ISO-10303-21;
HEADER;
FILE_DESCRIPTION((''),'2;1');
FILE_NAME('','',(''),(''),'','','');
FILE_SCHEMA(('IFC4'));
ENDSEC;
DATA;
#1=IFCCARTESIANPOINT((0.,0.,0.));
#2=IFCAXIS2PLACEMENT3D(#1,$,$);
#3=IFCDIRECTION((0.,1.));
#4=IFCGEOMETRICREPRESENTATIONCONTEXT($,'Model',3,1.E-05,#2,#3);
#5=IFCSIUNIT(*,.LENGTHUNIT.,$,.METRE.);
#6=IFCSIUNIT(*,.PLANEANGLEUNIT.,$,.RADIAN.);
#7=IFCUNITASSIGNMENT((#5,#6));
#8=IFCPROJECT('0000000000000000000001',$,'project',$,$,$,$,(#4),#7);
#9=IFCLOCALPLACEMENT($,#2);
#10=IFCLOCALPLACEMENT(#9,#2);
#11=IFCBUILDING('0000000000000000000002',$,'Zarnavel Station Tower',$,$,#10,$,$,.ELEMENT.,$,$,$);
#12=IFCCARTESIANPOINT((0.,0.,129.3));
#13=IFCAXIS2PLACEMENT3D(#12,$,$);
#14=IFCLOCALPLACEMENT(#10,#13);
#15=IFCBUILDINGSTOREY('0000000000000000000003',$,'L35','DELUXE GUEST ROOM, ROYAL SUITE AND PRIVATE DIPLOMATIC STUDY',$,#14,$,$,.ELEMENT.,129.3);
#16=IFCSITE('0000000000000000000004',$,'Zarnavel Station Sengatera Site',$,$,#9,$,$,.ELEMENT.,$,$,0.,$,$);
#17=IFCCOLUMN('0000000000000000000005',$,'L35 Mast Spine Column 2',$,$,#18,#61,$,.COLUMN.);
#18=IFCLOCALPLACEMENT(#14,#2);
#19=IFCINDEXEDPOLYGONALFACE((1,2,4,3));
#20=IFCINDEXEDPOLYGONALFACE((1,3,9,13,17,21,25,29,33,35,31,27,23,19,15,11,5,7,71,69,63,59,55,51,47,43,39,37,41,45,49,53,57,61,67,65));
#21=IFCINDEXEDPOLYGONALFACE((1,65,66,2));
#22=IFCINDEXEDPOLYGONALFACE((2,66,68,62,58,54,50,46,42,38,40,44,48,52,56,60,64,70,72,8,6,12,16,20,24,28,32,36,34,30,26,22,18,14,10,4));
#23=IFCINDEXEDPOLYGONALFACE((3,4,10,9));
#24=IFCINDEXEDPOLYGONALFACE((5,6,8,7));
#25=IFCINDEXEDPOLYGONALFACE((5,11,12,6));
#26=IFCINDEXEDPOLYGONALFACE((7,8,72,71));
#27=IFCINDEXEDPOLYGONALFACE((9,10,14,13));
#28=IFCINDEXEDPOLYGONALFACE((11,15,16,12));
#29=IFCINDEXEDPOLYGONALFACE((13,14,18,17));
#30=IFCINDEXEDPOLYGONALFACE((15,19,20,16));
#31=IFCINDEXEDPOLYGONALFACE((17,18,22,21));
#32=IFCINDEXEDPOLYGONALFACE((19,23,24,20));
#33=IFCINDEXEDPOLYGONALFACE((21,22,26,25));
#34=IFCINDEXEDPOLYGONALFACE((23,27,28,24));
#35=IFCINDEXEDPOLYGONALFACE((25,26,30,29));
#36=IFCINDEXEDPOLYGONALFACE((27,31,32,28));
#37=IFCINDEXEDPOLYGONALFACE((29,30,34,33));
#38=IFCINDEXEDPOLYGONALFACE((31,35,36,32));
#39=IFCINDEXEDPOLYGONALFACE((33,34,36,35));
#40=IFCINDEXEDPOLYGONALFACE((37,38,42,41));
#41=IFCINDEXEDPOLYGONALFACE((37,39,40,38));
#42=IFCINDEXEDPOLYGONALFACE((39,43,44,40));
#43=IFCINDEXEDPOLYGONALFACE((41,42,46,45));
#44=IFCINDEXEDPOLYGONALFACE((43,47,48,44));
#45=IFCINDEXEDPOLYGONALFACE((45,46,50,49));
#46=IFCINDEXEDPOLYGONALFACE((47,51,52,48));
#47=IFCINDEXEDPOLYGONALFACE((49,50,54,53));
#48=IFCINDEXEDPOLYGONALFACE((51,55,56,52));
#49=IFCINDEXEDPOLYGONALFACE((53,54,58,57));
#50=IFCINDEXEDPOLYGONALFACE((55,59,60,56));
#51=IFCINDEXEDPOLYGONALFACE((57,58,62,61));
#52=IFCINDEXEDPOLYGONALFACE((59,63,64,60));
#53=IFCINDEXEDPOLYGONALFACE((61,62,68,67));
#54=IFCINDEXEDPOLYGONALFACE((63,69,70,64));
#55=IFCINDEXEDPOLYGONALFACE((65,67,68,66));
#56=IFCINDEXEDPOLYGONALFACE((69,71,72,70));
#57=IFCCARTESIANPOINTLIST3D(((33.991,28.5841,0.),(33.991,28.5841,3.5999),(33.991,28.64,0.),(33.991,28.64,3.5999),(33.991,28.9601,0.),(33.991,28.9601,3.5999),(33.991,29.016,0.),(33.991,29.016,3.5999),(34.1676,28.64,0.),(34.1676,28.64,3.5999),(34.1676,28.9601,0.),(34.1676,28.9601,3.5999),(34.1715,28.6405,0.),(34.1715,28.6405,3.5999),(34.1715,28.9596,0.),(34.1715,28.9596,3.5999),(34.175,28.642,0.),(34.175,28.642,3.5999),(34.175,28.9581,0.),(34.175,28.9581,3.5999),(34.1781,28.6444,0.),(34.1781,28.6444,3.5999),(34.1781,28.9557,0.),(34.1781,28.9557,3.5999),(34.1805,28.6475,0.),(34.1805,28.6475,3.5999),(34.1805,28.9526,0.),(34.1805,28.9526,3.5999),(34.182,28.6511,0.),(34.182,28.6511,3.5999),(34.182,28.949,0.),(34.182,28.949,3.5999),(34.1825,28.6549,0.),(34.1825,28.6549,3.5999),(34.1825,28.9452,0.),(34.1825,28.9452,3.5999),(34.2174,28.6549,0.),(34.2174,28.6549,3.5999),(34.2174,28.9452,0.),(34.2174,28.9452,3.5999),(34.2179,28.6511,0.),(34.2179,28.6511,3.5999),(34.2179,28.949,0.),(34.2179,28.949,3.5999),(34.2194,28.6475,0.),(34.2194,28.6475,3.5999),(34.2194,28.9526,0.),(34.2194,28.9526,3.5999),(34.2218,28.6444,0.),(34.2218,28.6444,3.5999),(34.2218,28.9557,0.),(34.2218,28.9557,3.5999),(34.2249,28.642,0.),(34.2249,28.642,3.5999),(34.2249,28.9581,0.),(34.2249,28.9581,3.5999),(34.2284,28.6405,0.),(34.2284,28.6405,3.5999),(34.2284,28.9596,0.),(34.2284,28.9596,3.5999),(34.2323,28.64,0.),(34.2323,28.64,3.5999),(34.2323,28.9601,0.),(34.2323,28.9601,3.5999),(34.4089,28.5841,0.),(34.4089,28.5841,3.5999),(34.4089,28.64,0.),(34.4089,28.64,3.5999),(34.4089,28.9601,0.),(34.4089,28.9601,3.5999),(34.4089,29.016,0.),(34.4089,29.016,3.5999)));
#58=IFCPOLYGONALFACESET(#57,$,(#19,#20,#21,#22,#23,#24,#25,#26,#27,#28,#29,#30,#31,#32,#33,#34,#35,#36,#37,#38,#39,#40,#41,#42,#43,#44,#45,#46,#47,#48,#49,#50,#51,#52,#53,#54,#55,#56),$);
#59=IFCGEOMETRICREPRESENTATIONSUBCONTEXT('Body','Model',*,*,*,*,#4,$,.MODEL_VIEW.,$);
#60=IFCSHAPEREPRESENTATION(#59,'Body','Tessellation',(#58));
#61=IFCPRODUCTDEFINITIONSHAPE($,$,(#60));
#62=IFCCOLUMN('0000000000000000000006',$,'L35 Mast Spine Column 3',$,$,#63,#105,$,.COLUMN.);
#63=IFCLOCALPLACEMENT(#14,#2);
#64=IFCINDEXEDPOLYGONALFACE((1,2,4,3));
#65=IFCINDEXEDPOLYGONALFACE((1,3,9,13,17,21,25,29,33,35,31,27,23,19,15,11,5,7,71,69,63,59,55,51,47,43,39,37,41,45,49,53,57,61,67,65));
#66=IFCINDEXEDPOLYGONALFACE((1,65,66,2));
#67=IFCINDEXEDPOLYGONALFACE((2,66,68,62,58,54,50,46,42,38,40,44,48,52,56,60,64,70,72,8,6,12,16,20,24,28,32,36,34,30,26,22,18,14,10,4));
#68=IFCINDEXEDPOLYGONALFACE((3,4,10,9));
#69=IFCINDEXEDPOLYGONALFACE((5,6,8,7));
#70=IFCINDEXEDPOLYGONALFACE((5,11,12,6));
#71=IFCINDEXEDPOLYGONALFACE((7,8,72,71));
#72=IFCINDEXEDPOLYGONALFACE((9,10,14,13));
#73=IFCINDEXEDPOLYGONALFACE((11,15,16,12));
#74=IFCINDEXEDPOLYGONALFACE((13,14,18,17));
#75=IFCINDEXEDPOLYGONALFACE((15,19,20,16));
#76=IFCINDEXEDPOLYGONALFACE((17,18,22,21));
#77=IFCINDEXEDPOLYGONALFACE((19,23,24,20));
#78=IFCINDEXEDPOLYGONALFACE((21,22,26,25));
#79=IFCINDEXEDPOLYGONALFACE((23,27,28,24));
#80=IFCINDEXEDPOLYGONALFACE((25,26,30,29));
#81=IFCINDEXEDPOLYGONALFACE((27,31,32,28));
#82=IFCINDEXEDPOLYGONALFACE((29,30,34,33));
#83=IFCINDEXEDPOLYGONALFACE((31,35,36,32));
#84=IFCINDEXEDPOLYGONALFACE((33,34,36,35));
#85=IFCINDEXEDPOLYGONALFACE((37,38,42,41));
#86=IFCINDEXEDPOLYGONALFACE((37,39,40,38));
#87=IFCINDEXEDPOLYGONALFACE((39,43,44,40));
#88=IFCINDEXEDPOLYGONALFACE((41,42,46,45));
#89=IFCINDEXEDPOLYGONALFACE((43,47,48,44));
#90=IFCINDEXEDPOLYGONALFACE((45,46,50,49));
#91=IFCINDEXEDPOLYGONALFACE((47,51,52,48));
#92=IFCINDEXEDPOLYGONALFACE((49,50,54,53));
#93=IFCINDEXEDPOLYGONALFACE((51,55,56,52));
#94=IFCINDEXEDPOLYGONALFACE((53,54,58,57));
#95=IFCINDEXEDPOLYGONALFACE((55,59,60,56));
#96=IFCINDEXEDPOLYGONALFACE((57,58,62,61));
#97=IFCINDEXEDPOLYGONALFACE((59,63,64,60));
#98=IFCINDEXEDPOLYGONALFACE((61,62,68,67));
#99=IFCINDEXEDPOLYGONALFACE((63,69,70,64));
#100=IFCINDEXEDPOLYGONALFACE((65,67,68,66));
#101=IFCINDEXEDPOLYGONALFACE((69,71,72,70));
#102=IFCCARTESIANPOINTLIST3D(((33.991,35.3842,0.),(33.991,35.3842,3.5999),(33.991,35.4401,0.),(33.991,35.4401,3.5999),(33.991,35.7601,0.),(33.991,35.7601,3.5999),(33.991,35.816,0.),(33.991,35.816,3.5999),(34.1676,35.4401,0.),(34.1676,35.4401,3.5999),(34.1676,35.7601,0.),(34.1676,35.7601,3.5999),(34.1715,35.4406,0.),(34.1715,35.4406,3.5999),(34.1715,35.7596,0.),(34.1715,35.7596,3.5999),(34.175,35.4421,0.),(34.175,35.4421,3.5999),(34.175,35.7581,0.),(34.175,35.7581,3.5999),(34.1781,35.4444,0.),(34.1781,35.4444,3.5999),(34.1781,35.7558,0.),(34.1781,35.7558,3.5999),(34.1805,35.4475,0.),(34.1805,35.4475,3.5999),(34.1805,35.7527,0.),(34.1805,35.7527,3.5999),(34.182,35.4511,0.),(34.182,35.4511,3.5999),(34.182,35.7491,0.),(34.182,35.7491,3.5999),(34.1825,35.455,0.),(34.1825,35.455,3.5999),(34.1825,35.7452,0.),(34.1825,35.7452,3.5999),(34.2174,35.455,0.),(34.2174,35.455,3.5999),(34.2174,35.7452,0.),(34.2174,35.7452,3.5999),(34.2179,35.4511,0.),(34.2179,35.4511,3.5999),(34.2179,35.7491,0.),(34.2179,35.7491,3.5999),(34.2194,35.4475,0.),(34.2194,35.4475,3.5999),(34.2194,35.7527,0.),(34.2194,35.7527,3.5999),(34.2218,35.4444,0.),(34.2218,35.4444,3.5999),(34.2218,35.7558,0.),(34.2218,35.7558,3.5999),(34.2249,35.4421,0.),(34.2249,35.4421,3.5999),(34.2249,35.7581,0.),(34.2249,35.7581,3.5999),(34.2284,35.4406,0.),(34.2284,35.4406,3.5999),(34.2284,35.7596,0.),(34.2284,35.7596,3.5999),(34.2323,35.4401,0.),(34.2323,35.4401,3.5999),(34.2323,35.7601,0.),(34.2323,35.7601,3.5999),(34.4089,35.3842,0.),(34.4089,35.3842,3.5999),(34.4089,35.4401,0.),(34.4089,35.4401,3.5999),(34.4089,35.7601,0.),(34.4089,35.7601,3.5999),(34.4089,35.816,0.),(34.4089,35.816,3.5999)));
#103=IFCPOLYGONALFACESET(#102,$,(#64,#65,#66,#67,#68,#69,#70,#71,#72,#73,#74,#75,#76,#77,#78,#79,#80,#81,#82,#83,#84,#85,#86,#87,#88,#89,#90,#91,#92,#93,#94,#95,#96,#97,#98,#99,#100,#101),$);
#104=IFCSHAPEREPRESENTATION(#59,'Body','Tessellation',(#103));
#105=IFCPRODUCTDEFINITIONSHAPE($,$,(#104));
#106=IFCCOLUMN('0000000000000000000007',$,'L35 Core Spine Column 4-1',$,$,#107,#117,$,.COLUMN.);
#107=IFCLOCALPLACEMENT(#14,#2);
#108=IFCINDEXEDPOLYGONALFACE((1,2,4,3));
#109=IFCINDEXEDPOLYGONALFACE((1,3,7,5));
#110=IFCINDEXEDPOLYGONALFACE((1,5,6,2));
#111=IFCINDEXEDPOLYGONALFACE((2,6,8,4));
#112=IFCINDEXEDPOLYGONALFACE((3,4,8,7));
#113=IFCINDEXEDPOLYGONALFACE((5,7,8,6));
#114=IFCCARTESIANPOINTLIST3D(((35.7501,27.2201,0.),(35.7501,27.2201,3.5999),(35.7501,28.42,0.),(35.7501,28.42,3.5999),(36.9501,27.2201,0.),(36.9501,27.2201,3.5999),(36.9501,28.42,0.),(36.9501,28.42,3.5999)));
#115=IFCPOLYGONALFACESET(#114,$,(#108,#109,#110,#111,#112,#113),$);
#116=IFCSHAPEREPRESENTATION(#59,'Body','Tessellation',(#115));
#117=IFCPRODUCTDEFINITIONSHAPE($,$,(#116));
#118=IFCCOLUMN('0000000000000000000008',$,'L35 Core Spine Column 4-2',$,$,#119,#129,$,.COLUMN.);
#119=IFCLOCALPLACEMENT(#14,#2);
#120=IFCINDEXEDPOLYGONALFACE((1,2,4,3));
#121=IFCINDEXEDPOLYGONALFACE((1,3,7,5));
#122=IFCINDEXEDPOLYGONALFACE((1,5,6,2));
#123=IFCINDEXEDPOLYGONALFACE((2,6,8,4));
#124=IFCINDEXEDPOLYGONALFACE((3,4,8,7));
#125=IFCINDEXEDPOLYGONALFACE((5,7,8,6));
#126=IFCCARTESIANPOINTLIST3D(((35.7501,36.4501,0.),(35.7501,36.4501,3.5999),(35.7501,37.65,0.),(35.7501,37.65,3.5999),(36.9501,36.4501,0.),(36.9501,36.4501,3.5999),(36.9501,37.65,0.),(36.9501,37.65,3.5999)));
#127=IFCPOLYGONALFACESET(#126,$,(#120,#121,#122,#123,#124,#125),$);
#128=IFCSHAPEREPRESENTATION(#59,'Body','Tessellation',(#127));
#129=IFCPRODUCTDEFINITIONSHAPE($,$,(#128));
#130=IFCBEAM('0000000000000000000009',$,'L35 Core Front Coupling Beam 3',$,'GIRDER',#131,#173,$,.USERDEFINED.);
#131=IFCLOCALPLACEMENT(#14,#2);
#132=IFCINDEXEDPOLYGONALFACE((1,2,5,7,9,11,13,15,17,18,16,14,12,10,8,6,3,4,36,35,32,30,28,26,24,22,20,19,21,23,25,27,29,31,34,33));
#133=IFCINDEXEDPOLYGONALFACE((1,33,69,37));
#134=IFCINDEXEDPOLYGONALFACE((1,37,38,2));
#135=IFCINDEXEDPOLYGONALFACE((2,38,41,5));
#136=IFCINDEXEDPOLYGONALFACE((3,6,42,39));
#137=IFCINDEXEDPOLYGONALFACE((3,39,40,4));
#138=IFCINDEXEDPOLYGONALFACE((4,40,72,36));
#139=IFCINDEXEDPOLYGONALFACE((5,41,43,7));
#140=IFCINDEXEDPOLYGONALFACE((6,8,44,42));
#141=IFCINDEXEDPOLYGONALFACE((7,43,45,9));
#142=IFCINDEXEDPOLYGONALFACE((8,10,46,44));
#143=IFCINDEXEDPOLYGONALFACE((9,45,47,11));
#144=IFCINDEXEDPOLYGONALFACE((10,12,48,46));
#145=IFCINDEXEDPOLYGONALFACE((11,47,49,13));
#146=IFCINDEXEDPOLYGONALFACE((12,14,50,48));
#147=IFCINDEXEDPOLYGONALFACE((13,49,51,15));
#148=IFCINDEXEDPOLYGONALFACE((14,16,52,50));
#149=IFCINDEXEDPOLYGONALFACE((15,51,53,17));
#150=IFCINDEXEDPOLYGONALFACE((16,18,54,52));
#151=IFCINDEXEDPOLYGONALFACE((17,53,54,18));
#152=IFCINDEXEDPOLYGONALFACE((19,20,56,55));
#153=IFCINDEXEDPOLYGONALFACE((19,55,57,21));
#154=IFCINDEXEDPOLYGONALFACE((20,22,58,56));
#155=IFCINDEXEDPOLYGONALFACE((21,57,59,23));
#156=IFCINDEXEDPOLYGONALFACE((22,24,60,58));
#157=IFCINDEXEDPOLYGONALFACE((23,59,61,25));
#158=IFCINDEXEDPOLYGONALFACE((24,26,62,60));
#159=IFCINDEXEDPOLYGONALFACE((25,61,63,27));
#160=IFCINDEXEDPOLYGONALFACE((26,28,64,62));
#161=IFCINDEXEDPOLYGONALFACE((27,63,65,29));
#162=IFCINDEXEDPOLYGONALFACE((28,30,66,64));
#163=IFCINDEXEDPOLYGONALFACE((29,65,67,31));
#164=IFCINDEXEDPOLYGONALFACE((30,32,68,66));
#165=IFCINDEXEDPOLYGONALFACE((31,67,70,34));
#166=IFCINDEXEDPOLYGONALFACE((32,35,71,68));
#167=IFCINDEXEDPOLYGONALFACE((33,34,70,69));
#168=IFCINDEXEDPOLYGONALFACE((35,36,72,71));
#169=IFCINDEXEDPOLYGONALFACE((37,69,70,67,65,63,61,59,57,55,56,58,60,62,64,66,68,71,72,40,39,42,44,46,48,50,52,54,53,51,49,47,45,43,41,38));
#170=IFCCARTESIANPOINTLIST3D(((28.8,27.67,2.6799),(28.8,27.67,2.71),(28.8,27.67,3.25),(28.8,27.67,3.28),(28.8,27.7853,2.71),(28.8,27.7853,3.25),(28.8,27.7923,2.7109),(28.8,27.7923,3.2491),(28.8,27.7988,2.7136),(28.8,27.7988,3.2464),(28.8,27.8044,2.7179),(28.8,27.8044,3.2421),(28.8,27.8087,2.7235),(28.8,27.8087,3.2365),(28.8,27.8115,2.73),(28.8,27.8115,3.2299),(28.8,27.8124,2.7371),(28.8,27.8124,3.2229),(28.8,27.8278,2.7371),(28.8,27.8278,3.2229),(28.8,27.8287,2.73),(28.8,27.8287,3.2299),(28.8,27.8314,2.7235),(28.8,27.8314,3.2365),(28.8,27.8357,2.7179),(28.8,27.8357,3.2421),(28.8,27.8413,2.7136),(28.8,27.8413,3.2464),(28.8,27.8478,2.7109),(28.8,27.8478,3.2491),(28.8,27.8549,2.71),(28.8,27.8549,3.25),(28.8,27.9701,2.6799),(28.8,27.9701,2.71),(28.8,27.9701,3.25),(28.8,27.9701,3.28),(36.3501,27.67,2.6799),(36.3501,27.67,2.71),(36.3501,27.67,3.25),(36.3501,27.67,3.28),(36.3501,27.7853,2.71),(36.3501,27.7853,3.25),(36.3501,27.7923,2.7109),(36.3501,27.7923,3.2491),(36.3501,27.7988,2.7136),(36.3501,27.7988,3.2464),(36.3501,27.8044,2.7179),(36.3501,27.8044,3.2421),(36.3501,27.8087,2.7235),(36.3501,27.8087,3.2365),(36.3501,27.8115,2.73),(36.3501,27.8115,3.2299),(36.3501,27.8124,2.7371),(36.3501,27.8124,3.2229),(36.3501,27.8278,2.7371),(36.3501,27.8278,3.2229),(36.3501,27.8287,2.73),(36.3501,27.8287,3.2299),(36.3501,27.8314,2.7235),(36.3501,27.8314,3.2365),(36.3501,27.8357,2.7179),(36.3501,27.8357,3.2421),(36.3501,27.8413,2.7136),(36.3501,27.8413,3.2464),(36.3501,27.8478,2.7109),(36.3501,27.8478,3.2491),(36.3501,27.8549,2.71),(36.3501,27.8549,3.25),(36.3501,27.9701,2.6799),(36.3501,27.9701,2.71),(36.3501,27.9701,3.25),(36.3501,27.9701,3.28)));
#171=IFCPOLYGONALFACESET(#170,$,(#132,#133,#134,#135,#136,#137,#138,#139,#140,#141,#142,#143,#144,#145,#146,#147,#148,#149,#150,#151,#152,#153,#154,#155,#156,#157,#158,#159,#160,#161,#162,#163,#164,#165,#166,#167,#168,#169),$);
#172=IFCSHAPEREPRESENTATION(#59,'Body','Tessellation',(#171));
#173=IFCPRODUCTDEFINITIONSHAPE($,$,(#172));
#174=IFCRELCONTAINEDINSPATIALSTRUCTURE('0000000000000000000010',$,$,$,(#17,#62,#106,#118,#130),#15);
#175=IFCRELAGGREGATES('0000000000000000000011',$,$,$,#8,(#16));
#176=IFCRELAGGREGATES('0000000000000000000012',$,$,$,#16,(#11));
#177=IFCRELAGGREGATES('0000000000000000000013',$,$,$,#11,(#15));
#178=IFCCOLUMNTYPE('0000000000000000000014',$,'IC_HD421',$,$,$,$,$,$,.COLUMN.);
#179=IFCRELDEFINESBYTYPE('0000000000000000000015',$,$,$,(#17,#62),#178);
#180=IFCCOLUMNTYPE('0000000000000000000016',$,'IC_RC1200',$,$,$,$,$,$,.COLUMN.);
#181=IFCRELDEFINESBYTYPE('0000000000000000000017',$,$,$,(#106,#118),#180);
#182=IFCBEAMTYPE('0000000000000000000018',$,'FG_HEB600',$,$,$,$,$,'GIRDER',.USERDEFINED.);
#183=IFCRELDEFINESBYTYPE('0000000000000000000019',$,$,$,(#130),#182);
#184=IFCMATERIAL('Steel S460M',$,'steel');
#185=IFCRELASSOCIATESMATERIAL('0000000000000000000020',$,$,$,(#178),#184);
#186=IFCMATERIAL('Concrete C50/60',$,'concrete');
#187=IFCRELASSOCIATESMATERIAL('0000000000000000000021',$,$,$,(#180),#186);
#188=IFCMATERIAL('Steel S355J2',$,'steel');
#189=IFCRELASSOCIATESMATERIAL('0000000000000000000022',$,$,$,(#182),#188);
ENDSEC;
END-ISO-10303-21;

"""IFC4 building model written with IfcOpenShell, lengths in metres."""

from ifc_helpers import new_model, si_unit, direction, frame, origin, origin_2d, place, context, subcontext, project, spatial, rectangle, i_section, extrude, material, material_profile, profile_set, type_object, element, save


model = new_model("IFC4")

# Units and contexts
model_context = context("Model", 3, precision=1e-05, world=origin(), true_north=direction((0.0, 1.0)))
body_context = subcontext(model_context, "Body", "Model", "MODEL_VIEW")
ifc_project = project(units=[si_unit("LENGTHUNIT", "METRE"), si_unit("PLANEANGLEUNIT", "RADIAN")], contexts=[model_context])

# Site, building, storey
site_placement = place(None, origin())
site = spatial("IfcSite", under=ifc_project, at=site_placement, Name="Zarnavel Station Sengatera Site", CompositionType="ELEMENT", RefElevation=0.0)
building_placement = place(site_placement, origin())
building = spatial("IfcBuilding", under=site, at=building_placement, Name="Zarnavel Station Tower", CompositionType="ELEMENT")
storey_placement = place(building_placement, frame((0.0, 0.0, 129.3)))
storey = spatial("IfcBuildingStorey", under=building, at=storey_placement, Name="L35", Description="DELUXE GUEST ROOM, ROYAL SUITE AND PRIVATE DIPLOMATIC STUDY", CompositionType="ELEMENT", Elevation=129.3)

# Columns
ifc_material_1 = material(Name="Steel S460M", Category="steel")
ifc_material_profile_1 = material_profile(ifc_material_1, i_section(OverallWidth=0.418, OverallDepth=0.4319, WebThickness=0.0349, FlangeThickness=0.0559, FilletRadius=0.0149, at=origin_2d()), Name="HD400x421")
ifc_profile_set_1 = profile_set([ifc_material_profile_1], Name="Steel S460M")
column_type_1 = type_object("IfcColumnType", Name="IC_HD421", PredefinedType="COLUMN", material=ifc_profile_set_1)
for number, where, z_axis, x_axis, name in (
    (1, (34.2, 28.8, 0.0), (0.0, 0.0, 1.0), (1.0, 0.0, 0.0), "L35 Mast Spine Column 2"),
    (2, (34.2, 35.6001, 0.0), (0.0, 0.0, 1.0), (1.0, 0.0, 0.0), "L35 Mast Spine Column 3"),
):
    element("IfcColumn", number, at=place(storey_placement, frame(where, z_axis=z_axis, x_axis=x_axis)), inside=storey, type_object=column_type_1, Name=name, PredefinedType="COLUMN", context=body_context, shape_type="SweptSolid", body=[
        extrude(i_section(OverallWidth=0.418, OverallDepth=0.4319, WebThickness=0.0349, FlangeThickness=0.0559, FilletRadius=0.0149, at=origin_2d()), origin(), (0.0, 0.0, 1.0), 3.5999),
    ])
ifc_material_2 = material(Name="Concrete C50/60", Category="concrete")
ifc_material_profile_2 = material_profile(ifc_material_2, rectangle(XDim=1.2, YDim=1.2, at=origin_2d()), Name="RC1200x1200")
ifc_profile_set_2 = profile_set([ifc_material_profile_2], Name="Concrete C50/60")
column_type_2 = type_object("IfcColumnType", Name="IC_RC1200", PredefinedType="COLUMN", material=ifc_profile_set_2)
for number, where, z_axis, x_axis, name in (
    (3, (36.3501, 27.8201, 0.0), (0.0, 0.0, 1.0), (1.0, 0.0, 0.0), "L35 Core Spine Column 4-1"),
    (4, (36.3501, 37.05, 0.0), (0.0, 0.0, 1.0), (1.0, 0.0, 0.0), "L35 Core Spine Column 4-2"),
):
    element("IfcColumn", number, at=place(storey_placement, frame(where, z_axis=z_axis, x_axis=x_axis)), inside=storey, type_object=column_type_2, Name=name, PredefinedType="COLUMN", context=body_context, shape_type="SweptSolid", body=[
        extrude(rectangle(XDim=1.2, YDim=1.2, at=origin_2d()), origin(), (0.0, 0.0, 1.0), 3.5999),
    ])

# Beam
ifc_material_3 = material(Name="Steel S355J2", Category="steel")
ifc_material_profile_3 = material_profile(ifc_material_3, i_section(OverallWidth=0.3, OverallDepth=0.6001, WebThickness=0.0154, FlangeThickness=0.03, FilletRadius=0.0271, at=origin_2d()), Name="HEB600")
ifc_profile_set_3 = profile_set([ifc_material_profile_3], Name="Steel S355J2")
beam_type_1 = type_object("IfcBeamType", Name="FG_HEB600", ElementType="GIRDER", PredefinedType="USERDEFINED", material=ifc_profile_set_3)
beam_1_placement = place(storey_placement, frame((28.8, 27.8201, 2.98), z_axis=(1.0, 0.0, 0.0), x_axis=(0.0, 1.0, 0.0)))
element("IfcBeam", 5, at=beam_1_placement, inside=storey, type_object=beam_type_1, Name="L35 Core Front Coupling Beam 3", ObjectType="GIRDER", PredefinedType="USERDEFINED", context=body_context, shape_type="SweptSolid", body=[
    extrude(i_section(OverallWidth=0.3, OverallDepth=0.6001, WebThickness=0.0154, FlangeThickness=0.03, FilletRadius=0.0271, at=origin_2d()), origin(), (0.0, 0.0, 1.0), 7.55),
])

save(model, "model.ifc")
